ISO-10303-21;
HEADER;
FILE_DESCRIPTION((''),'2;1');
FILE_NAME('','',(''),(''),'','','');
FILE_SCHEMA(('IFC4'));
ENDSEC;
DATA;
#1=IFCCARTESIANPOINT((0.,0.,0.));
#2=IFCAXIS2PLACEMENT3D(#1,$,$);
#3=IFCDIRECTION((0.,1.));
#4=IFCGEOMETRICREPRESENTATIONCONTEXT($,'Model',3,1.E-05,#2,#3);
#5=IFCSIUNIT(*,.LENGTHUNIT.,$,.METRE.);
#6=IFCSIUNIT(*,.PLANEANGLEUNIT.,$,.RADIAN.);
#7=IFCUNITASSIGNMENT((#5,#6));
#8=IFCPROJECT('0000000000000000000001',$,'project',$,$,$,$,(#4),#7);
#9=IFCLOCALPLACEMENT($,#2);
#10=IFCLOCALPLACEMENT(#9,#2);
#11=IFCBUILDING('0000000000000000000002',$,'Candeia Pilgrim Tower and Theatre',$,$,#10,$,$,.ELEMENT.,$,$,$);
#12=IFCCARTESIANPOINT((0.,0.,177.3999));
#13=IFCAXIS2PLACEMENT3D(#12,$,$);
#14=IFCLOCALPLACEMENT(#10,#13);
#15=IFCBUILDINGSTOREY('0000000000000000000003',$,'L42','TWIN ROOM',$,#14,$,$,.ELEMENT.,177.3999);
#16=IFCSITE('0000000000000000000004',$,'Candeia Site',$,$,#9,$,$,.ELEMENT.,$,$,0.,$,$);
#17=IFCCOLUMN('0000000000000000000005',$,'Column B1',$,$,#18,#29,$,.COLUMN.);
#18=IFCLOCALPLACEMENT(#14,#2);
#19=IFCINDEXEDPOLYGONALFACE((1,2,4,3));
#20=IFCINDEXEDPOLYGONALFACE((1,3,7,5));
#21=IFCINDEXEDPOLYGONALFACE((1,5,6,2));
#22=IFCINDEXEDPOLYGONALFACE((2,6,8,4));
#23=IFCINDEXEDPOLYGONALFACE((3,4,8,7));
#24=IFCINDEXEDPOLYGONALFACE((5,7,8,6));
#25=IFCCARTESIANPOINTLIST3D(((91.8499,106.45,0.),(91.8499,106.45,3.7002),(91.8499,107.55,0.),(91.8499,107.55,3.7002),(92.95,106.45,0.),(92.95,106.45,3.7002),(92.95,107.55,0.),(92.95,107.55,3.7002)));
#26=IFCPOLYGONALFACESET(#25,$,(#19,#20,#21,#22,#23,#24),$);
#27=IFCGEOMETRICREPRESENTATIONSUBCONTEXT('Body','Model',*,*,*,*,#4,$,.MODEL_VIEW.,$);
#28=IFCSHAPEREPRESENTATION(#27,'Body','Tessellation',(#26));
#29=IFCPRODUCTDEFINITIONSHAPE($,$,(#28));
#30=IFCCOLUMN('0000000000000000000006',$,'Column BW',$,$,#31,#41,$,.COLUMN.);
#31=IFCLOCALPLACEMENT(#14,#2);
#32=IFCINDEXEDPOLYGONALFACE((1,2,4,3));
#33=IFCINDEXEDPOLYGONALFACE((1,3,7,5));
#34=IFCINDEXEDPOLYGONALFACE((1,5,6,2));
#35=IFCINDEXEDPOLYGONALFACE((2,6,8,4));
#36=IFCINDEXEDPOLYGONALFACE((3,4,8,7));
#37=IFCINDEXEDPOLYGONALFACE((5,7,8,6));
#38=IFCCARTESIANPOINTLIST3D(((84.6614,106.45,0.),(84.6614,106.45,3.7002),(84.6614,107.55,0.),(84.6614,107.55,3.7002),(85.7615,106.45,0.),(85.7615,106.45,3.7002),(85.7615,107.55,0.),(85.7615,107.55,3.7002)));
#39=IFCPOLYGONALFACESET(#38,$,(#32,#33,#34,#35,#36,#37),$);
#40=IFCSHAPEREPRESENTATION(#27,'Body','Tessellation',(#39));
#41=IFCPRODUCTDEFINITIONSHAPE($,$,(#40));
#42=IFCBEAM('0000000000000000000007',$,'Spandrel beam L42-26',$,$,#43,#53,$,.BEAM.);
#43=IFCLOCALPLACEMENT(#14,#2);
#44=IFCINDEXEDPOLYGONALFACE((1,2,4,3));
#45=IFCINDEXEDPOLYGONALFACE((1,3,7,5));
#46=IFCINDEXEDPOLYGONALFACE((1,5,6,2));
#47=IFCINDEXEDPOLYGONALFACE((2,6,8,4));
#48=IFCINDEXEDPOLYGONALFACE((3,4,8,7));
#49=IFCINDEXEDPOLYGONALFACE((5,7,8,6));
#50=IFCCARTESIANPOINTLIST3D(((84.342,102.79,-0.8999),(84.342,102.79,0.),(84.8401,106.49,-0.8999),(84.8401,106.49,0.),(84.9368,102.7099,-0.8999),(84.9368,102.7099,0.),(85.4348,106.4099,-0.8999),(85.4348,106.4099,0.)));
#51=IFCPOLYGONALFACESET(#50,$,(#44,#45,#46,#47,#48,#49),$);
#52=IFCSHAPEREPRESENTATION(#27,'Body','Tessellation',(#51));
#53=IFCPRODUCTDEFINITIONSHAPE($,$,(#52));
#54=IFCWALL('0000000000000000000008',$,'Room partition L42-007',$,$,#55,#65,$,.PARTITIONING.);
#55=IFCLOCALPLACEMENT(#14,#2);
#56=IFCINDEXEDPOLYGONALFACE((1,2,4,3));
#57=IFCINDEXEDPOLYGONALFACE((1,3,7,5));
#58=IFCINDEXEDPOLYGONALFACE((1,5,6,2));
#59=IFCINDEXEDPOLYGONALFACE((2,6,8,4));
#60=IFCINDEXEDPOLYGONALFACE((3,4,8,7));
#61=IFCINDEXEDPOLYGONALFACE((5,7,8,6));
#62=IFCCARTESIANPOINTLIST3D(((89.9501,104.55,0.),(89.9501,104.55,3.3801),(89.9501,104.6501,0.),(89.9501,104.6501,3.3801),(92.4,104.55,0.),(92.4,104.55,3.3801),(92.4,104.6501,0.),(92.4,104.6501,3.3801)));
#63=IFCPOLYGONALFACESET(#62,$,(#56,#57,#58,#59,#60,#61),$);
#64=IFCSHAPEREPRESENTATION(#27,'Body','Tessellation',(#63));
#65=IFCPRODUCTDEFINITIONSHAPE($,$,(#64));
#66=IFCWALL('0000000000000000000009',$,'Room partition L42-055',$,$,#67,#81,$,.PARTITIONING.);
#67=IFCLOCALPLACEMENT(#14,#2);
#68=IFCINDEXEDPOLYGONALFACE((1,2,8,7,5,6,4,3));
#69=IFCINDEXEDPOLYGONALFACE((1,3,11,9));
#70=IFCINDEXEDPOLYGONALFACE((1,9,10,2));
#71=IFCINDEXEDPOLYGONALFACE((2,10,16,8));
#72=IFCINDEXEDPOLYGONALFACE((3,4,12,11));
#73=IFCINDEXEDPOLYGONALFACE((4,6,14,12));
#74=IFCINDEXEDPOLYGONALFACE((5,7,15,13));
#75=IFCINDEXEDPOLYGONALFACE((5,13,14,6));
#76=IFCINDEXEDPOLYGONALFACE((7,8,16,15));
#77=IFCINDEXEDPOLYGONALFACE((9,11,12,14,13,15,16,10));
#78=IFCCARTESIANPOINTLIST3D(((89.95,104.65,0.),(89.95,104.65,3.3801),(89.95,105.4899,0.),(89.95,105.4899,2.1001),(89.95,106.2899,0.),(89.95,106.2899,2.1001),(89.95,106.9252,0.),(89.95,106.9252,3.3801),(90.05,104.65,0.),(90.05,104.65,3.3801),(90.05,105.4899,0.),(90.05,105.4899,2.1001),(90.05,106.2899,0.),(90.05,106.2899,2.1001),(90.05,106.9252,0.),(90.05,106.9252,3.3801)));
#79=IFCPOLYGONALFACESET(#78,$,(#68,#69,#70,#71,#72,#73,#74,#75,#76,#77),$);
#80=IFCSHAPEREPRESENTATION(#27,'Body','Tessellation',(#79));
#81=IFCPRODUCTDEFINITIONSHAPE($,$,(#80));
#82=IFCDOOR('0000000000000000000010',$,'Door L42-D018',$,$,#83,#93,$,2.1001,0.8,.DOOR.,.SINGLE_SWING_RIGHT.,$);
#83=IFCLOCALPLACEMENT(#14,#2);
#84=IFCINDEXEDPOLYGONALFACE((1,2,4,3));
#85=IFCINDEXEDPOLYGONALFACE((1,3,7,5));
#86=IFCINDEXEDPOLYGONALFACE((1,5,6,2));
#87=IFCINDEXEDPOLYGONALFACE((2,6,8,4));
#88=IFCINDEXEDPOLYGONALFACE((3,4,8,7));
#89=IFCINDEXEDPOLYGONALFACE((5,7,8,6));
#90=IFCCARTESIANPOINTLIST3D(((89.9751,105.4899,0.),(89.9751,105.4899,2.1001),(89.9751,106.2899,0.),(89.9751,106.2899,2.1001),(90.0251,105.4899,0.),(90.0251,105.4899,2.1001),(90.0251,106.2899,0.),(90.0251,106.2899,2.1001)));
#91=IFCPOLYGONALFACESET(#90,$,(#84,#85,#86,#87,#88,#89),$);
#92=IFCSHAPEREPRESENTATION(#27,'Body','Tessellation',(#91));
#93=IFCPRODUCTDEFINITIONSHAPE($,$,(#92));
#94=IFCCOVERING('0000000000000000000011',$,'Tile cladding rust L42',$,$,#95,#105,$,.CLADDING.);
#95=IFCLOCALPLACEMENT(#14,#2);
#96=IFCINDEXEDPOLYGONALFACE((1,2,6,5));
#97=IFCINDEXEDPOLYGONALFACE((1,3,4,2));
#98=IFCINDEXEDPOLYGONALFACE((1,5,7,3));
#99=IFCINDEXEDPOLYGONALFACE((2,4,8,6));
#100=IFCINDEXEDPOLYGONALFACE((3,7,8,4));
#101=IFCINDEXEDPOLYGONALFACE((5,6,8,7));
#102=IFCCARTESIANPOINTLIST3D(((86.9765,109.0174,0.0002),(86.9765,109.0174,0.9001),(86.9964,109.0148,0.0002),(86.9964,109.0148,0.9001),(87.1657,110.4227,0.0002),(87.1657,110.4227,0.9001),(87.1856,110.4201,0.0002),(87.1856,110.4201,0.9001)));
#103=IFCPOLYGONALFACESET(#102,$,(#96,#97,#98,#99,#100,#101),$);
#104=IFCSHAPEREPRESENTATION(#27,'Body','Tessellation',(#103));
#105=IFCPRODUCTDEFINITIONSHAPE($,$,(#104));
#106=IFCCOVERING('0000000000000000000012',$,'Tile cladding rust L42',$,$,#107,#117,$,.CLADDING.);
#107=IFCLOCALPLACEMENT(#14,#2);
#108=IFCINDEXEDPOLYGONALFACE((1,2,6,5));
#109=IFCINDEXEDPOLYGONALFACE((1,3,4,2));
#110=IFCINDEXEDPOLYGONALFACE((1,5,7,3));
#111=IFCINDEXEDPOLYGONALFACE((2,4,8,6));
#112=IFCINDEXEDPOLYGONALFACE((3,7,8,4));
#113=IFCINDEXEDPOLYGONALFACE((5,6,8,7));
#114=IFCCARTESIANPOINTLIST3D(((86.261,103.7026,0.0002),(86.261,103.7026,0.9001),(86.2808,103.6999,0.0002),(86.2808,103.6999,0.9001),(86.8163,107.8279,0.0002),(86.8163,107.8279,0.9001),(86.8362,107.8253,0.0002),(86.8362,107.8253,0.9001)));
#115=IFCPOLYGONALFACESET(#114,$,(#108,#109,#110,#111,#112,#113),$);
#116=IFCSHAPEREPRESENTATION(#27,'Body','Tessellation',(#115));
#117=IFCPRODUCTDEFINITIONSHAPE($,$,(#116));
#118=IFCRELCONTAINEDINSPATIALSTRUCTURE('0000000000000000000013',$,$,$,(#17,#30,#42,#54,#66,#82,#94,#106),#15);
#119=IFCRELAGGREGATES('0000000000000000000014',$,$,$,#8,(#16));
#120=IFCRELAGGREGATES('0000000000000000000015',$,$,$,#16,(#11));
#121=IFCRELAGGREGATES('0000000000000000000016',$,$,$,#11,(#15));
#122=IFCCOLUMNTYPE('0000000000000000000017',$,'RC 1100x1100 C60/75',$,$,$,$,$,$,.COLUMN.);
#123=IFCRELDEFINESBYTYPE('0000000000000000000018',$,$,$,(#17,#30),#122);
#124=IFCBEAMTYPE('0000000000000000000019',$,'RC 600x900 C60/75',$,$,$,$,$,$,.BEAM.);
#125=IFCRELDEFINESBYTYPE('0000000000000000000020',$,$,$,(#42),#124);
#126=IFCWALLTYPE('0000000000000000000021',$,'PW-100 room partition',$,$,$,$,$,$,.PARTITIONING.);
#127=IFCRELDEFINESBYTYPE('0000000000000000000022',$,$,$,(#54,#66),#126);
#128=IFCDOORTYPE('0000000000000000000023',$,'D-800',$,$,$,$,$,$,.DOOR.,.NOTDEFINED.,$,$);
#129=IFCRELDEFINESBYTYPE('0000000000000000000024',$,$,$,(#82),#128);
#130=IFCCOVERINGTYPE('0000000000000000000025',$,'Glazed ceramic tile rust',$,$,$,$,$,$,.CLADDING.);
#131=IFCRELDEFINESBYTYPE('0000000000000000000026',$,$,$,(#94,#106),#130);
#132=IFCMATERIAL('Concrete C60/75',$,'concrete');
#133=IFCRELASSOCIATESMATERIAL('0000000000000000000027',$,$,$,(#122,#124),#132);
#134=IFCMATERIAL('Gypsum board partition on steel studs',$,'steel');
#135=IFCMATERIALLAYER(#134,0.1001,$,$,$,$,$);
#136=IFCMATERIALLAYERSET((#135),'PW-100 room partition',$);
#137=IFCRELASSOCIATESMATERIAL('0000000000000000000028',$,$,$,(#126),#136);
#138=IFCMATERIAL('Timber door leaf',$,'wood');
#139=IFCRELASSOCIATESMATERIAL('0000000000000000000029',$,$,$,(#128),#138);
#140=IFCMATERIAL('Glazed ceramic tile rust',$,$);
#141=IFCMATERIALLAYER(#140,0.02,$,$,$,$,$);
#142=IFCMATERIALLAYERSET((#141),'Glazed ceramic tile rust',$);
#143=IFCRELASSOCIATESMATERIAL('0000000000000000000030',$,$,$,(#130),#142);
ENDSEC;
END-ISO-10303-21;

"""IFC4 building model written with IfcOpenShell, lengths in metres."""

from ifc_helpers import new_model, si_unit, direction, frame, frame_2d, origin, origin_2d, place, context, subcontext, project, spatial, rectangle, extrude, material, layer, layer_set, material_profile, profile_set, type_object, element, fill, save


model = new_model("IFC4")

# Units and contexts
model_context = context("Model", 3, precision=1e-05, world=origin(), true_north=direction((0.0, 1.0)))
body_context = subcontext(model_context, "Body", "Model", "MODEL_VIEW")
ifc_project = project(units=[si_unit("LENGTHUNIT", "METRE"), si_unit("PLANEANGLEUNIT", "RADIAN")], contexts=[model_context])

# Site, building, storey
site_placement = place(None, origin())
site = spatial("IfcSite", under=ifc_project, at=site_placement, Name="Candeia Site", CompositionType="ELEMENT", RefElevation=0.0)
building_placement = place(site_placement, origin())
building = spatial("IfcBuilding", under=site, at=building_placement, Name="Candeia Pilgrim Tower and Theatre", CompositionType="ELEMENT")
storey_placement = place(building_placement, frame((0.0, 0.0, 177.3999)))
storey = spatial("IfcBuildingStorey", under=building, at=storey_placement, Name="L42", Description="TWIN ROOM", CompositionType="ELEMENT", Elevation=177.3999)

# Columns
ifc_material_1 = material(Name="Concrete C60/75", Category="concrete")
ifc_material_profile_1 = material_profile(ifc_material_1, rectangle(XDim=1.1001, YDim=1.1001, at=origin_2d()))
ifc_profile_set_1 = profile_set([ifc_material_profile_1], Name="Concrete C60/75")
column_type = type_object("IfcColumnType", Name="RC 1100x1100 C60/75", PredefinedType="COLUMN", material=ifc_profile_set_1)
for number, where, z_axis, x_axis, name in (
    (1, (92.3999, 107.0, 0.0), (0.0, 0.0, 1.0), (1.0, 0.0, 0.0), "Column B1"),
    (2, (85.2114, 107.0, 0.0), (0.0, 0.0, 1.0), (1.0, 0.0, 0.0), "Column BW"),
):
    element("IfcColumn", number, at=place(storey_placement, frame(where, z_axis=z_axis, x_axis=x_axis)), inside=storey, type_object=column_type, Name=name, PredefinedType="COLUMN", context=body_context, shape_type="SweptSolid", body=[
        extrude(rectangle(XDim=1.1001, YDim=1.1001, at=origin_2d()), origin(), (0.0, 0.0, 1.0), 3.7002),
    ])

# Beam
ifc_material_profile_2 = material_profile(ifc_material_1, rectangle(XDim=0.6001, YDim=0.8999, at=origin_2d()))
ifc_profile_set_2 = profile_set([ifc_material_profile_2], Name="Concrete C60/75")
beam_type = type_object("IfcBeamType", Name="RC 600x900 C60/75", PredefinedType="BEAM", material=ifc_profile_set_2)
beam_placement = place(storey_placement, frame((85.1375, 106.45, -0.45), z_axis=(-0.133406, -0.991061, 0.0), x_axis=(0.991061, -0.133406, 0.0)))
element("IfcBeam", 3, at=beam_placement, inside=storey, type_object=beam_type, Name="Spandrel beam L42-26", PredefinedType="BEAM", context=body_context, shape_type="SweptSolid", body=[
    extrude(rectangle(XDim=0.6001, YDim=0.8999, at=origin_2d()), origin(), (0.0, 0.0, 1.0), 3.7334),
])

# Wall
ifc_material_2 = material(Name="Gypsum board partition on steel studs", Category="steel")
ifc_layer_1 = layer(ifc_material_2, 0.1001)
ifc_layer_set_1 = layer_set([ifc_layer_1], Name="PW-100 room partition")
wall_type_1 = type_object("IfcWallType", Name="PW-100 room partition", PredefinedType="PARTITIONING", material=ifc_layer_set_1)
wall_1_placement = place(storey_placement, frame((89.95, 104.6001, 0.0), z_axis=(0.0, 0.0, 1.0), x_axis=(1.0, 0.0, 0.0)))
element("IfcWall", 4, at=wall_1_placement, inside=storey, type_object=wall_type_1, Name="Room partition L42-007", PredefinedType="PARTITIONING", context=body_context, shape_type="SweptSolid", body=[
    extrude(rectangle(XDim=2.45, YDim=0.1001, at=frame_2d((1.2251, 0.0))), origin(), (0.0, 0.0, 1.0), 3.3801),
])

# Wall, opening, door
wall_2_placement = place(storey_placement, frame((90.0, 104.6499, 0.0), z_axis=(0.0, 0.0, 1.0), x_axis=(0.0, 1.0, 0.0)))
wall_2 = element("IfcWall", 5, at=wall_2_placement, inside=storey, type_object=wall_type_1, Name="Room partition L42-055", PredefinedType="PARTITIONING", context=body_context, shape_type="SweptSolid", body=[
    extrude(rectangle(XDim=2.2751, YDim=0.1001, at=frame_2d((1.1377, 0.0))), origin(), (0.0, 0.0, 1.0), 3.3801),
])
opening_1_placement = place(wall_2_placement, frame((0.8401, 0.0, 0.0)))
opening_1 = element("IfcOpeningElement", 6, at=opening_1_placement, cuts=wall_2, PredefinedType="OPENING", context=body_context, shape_type="SweptSolid", body=[
    extrude(rectangle(XDim=0.8, YDim=2.1001, at=frame_2d((0.3999, 1.05))), frame((0.0, 0.0601, 0.0), z_axis=(0.0, -1.0, 0.0), x_axis=(1.0, 0.0, 0.0)), (0.0, 0.0, 1.0), 0.1201),
])
ifc_material_3 = material(Name="Timber door leaf", Category="wood")
door_type_1 = type_object("IfcDoorType", Name="D-800", OperationType="NOTDEFINED", PredefinedType="DOOR", material=ifc_material_3)
door_1_placement = place(opening_1_placement, origin())
door_1 = element("IfcDoor", 7, at=door_1_placement, inside=storey, type_object=door_type_1, Name="Door L42-D018", OperationType="SINGLE_SWING_RIGHT", OverallHeight=2.1001, OverallWidth=0.8, PredefinedType="DOOR", context=body_context, shape_type="SweptSolid", body=[
    extrude(rectangle(XDim=0.8, YDim=2.1001, at=frame_2d((0.3999, 1.05))), frame((0.0, 0.0249, 0.0), z_axis=(0.0, -1.0, 0.0), x_axis=(1.0, 0.0, 0.0)), (0.0, 0.0, 1.0), 0.05),
])
fill(opening_1, door_1)

# Coverings
ifc_material_4 = material(Name="Glazed ceramic tile rust")
ifc_layer_2 = layer(ifc_material_4, 0.02)
ifc_layer_set_2 = layer_set([ifc_layer_2], Name="Glazed ceramic tile rust")
covering_type = type_object("IfcCoveringType", Name="Glazed ceramic tile rust", PredefinedType="CLADDING", material=ifc_layer_set_2)
covering_1_placement = place(storey_placement, frame((87.0811, 109.7188, 0.0002), z_axis=(0.0, 0.0, 1.0), x_axis=(-0.133412, -0.991061, 0.0)))
element("IfcCovering", 8, at=covering_1_placement, inside=storey, type_object=covering_type, Name="Tile cladding rust L42", PredefinedType="CLADDING", context=body_context, shape_type="SweptSolid", body=[
    extrude(rectangle(XDim=1.418, YDim=0.02, at=origin_2d()), origin(), (0.0, 0.0, 1.0), 0.8999),
])
covering_2_placement = place(storey_placement, frame((86.5486, 105.7639, 0.0002), z_axis=(0.0, 0.0, 1.0), x_axis=(-0.133412, -0.991061, 0.0)))
element("IfcCovering", 9, at=covering_2_placement, inside=storey, type_object=covering_type, Name="Tile cladding rust L42", PredefinedType="CLADDING", context=body_context, shape_type="SweptSolid", body=[
    extrude(rectangle(XDim=4.1626, YDim=0.02, at=origin_2d()), origin(), (0.0, 0.0, 1.0), 0.8999),
])

save(model, "model.ifc")
